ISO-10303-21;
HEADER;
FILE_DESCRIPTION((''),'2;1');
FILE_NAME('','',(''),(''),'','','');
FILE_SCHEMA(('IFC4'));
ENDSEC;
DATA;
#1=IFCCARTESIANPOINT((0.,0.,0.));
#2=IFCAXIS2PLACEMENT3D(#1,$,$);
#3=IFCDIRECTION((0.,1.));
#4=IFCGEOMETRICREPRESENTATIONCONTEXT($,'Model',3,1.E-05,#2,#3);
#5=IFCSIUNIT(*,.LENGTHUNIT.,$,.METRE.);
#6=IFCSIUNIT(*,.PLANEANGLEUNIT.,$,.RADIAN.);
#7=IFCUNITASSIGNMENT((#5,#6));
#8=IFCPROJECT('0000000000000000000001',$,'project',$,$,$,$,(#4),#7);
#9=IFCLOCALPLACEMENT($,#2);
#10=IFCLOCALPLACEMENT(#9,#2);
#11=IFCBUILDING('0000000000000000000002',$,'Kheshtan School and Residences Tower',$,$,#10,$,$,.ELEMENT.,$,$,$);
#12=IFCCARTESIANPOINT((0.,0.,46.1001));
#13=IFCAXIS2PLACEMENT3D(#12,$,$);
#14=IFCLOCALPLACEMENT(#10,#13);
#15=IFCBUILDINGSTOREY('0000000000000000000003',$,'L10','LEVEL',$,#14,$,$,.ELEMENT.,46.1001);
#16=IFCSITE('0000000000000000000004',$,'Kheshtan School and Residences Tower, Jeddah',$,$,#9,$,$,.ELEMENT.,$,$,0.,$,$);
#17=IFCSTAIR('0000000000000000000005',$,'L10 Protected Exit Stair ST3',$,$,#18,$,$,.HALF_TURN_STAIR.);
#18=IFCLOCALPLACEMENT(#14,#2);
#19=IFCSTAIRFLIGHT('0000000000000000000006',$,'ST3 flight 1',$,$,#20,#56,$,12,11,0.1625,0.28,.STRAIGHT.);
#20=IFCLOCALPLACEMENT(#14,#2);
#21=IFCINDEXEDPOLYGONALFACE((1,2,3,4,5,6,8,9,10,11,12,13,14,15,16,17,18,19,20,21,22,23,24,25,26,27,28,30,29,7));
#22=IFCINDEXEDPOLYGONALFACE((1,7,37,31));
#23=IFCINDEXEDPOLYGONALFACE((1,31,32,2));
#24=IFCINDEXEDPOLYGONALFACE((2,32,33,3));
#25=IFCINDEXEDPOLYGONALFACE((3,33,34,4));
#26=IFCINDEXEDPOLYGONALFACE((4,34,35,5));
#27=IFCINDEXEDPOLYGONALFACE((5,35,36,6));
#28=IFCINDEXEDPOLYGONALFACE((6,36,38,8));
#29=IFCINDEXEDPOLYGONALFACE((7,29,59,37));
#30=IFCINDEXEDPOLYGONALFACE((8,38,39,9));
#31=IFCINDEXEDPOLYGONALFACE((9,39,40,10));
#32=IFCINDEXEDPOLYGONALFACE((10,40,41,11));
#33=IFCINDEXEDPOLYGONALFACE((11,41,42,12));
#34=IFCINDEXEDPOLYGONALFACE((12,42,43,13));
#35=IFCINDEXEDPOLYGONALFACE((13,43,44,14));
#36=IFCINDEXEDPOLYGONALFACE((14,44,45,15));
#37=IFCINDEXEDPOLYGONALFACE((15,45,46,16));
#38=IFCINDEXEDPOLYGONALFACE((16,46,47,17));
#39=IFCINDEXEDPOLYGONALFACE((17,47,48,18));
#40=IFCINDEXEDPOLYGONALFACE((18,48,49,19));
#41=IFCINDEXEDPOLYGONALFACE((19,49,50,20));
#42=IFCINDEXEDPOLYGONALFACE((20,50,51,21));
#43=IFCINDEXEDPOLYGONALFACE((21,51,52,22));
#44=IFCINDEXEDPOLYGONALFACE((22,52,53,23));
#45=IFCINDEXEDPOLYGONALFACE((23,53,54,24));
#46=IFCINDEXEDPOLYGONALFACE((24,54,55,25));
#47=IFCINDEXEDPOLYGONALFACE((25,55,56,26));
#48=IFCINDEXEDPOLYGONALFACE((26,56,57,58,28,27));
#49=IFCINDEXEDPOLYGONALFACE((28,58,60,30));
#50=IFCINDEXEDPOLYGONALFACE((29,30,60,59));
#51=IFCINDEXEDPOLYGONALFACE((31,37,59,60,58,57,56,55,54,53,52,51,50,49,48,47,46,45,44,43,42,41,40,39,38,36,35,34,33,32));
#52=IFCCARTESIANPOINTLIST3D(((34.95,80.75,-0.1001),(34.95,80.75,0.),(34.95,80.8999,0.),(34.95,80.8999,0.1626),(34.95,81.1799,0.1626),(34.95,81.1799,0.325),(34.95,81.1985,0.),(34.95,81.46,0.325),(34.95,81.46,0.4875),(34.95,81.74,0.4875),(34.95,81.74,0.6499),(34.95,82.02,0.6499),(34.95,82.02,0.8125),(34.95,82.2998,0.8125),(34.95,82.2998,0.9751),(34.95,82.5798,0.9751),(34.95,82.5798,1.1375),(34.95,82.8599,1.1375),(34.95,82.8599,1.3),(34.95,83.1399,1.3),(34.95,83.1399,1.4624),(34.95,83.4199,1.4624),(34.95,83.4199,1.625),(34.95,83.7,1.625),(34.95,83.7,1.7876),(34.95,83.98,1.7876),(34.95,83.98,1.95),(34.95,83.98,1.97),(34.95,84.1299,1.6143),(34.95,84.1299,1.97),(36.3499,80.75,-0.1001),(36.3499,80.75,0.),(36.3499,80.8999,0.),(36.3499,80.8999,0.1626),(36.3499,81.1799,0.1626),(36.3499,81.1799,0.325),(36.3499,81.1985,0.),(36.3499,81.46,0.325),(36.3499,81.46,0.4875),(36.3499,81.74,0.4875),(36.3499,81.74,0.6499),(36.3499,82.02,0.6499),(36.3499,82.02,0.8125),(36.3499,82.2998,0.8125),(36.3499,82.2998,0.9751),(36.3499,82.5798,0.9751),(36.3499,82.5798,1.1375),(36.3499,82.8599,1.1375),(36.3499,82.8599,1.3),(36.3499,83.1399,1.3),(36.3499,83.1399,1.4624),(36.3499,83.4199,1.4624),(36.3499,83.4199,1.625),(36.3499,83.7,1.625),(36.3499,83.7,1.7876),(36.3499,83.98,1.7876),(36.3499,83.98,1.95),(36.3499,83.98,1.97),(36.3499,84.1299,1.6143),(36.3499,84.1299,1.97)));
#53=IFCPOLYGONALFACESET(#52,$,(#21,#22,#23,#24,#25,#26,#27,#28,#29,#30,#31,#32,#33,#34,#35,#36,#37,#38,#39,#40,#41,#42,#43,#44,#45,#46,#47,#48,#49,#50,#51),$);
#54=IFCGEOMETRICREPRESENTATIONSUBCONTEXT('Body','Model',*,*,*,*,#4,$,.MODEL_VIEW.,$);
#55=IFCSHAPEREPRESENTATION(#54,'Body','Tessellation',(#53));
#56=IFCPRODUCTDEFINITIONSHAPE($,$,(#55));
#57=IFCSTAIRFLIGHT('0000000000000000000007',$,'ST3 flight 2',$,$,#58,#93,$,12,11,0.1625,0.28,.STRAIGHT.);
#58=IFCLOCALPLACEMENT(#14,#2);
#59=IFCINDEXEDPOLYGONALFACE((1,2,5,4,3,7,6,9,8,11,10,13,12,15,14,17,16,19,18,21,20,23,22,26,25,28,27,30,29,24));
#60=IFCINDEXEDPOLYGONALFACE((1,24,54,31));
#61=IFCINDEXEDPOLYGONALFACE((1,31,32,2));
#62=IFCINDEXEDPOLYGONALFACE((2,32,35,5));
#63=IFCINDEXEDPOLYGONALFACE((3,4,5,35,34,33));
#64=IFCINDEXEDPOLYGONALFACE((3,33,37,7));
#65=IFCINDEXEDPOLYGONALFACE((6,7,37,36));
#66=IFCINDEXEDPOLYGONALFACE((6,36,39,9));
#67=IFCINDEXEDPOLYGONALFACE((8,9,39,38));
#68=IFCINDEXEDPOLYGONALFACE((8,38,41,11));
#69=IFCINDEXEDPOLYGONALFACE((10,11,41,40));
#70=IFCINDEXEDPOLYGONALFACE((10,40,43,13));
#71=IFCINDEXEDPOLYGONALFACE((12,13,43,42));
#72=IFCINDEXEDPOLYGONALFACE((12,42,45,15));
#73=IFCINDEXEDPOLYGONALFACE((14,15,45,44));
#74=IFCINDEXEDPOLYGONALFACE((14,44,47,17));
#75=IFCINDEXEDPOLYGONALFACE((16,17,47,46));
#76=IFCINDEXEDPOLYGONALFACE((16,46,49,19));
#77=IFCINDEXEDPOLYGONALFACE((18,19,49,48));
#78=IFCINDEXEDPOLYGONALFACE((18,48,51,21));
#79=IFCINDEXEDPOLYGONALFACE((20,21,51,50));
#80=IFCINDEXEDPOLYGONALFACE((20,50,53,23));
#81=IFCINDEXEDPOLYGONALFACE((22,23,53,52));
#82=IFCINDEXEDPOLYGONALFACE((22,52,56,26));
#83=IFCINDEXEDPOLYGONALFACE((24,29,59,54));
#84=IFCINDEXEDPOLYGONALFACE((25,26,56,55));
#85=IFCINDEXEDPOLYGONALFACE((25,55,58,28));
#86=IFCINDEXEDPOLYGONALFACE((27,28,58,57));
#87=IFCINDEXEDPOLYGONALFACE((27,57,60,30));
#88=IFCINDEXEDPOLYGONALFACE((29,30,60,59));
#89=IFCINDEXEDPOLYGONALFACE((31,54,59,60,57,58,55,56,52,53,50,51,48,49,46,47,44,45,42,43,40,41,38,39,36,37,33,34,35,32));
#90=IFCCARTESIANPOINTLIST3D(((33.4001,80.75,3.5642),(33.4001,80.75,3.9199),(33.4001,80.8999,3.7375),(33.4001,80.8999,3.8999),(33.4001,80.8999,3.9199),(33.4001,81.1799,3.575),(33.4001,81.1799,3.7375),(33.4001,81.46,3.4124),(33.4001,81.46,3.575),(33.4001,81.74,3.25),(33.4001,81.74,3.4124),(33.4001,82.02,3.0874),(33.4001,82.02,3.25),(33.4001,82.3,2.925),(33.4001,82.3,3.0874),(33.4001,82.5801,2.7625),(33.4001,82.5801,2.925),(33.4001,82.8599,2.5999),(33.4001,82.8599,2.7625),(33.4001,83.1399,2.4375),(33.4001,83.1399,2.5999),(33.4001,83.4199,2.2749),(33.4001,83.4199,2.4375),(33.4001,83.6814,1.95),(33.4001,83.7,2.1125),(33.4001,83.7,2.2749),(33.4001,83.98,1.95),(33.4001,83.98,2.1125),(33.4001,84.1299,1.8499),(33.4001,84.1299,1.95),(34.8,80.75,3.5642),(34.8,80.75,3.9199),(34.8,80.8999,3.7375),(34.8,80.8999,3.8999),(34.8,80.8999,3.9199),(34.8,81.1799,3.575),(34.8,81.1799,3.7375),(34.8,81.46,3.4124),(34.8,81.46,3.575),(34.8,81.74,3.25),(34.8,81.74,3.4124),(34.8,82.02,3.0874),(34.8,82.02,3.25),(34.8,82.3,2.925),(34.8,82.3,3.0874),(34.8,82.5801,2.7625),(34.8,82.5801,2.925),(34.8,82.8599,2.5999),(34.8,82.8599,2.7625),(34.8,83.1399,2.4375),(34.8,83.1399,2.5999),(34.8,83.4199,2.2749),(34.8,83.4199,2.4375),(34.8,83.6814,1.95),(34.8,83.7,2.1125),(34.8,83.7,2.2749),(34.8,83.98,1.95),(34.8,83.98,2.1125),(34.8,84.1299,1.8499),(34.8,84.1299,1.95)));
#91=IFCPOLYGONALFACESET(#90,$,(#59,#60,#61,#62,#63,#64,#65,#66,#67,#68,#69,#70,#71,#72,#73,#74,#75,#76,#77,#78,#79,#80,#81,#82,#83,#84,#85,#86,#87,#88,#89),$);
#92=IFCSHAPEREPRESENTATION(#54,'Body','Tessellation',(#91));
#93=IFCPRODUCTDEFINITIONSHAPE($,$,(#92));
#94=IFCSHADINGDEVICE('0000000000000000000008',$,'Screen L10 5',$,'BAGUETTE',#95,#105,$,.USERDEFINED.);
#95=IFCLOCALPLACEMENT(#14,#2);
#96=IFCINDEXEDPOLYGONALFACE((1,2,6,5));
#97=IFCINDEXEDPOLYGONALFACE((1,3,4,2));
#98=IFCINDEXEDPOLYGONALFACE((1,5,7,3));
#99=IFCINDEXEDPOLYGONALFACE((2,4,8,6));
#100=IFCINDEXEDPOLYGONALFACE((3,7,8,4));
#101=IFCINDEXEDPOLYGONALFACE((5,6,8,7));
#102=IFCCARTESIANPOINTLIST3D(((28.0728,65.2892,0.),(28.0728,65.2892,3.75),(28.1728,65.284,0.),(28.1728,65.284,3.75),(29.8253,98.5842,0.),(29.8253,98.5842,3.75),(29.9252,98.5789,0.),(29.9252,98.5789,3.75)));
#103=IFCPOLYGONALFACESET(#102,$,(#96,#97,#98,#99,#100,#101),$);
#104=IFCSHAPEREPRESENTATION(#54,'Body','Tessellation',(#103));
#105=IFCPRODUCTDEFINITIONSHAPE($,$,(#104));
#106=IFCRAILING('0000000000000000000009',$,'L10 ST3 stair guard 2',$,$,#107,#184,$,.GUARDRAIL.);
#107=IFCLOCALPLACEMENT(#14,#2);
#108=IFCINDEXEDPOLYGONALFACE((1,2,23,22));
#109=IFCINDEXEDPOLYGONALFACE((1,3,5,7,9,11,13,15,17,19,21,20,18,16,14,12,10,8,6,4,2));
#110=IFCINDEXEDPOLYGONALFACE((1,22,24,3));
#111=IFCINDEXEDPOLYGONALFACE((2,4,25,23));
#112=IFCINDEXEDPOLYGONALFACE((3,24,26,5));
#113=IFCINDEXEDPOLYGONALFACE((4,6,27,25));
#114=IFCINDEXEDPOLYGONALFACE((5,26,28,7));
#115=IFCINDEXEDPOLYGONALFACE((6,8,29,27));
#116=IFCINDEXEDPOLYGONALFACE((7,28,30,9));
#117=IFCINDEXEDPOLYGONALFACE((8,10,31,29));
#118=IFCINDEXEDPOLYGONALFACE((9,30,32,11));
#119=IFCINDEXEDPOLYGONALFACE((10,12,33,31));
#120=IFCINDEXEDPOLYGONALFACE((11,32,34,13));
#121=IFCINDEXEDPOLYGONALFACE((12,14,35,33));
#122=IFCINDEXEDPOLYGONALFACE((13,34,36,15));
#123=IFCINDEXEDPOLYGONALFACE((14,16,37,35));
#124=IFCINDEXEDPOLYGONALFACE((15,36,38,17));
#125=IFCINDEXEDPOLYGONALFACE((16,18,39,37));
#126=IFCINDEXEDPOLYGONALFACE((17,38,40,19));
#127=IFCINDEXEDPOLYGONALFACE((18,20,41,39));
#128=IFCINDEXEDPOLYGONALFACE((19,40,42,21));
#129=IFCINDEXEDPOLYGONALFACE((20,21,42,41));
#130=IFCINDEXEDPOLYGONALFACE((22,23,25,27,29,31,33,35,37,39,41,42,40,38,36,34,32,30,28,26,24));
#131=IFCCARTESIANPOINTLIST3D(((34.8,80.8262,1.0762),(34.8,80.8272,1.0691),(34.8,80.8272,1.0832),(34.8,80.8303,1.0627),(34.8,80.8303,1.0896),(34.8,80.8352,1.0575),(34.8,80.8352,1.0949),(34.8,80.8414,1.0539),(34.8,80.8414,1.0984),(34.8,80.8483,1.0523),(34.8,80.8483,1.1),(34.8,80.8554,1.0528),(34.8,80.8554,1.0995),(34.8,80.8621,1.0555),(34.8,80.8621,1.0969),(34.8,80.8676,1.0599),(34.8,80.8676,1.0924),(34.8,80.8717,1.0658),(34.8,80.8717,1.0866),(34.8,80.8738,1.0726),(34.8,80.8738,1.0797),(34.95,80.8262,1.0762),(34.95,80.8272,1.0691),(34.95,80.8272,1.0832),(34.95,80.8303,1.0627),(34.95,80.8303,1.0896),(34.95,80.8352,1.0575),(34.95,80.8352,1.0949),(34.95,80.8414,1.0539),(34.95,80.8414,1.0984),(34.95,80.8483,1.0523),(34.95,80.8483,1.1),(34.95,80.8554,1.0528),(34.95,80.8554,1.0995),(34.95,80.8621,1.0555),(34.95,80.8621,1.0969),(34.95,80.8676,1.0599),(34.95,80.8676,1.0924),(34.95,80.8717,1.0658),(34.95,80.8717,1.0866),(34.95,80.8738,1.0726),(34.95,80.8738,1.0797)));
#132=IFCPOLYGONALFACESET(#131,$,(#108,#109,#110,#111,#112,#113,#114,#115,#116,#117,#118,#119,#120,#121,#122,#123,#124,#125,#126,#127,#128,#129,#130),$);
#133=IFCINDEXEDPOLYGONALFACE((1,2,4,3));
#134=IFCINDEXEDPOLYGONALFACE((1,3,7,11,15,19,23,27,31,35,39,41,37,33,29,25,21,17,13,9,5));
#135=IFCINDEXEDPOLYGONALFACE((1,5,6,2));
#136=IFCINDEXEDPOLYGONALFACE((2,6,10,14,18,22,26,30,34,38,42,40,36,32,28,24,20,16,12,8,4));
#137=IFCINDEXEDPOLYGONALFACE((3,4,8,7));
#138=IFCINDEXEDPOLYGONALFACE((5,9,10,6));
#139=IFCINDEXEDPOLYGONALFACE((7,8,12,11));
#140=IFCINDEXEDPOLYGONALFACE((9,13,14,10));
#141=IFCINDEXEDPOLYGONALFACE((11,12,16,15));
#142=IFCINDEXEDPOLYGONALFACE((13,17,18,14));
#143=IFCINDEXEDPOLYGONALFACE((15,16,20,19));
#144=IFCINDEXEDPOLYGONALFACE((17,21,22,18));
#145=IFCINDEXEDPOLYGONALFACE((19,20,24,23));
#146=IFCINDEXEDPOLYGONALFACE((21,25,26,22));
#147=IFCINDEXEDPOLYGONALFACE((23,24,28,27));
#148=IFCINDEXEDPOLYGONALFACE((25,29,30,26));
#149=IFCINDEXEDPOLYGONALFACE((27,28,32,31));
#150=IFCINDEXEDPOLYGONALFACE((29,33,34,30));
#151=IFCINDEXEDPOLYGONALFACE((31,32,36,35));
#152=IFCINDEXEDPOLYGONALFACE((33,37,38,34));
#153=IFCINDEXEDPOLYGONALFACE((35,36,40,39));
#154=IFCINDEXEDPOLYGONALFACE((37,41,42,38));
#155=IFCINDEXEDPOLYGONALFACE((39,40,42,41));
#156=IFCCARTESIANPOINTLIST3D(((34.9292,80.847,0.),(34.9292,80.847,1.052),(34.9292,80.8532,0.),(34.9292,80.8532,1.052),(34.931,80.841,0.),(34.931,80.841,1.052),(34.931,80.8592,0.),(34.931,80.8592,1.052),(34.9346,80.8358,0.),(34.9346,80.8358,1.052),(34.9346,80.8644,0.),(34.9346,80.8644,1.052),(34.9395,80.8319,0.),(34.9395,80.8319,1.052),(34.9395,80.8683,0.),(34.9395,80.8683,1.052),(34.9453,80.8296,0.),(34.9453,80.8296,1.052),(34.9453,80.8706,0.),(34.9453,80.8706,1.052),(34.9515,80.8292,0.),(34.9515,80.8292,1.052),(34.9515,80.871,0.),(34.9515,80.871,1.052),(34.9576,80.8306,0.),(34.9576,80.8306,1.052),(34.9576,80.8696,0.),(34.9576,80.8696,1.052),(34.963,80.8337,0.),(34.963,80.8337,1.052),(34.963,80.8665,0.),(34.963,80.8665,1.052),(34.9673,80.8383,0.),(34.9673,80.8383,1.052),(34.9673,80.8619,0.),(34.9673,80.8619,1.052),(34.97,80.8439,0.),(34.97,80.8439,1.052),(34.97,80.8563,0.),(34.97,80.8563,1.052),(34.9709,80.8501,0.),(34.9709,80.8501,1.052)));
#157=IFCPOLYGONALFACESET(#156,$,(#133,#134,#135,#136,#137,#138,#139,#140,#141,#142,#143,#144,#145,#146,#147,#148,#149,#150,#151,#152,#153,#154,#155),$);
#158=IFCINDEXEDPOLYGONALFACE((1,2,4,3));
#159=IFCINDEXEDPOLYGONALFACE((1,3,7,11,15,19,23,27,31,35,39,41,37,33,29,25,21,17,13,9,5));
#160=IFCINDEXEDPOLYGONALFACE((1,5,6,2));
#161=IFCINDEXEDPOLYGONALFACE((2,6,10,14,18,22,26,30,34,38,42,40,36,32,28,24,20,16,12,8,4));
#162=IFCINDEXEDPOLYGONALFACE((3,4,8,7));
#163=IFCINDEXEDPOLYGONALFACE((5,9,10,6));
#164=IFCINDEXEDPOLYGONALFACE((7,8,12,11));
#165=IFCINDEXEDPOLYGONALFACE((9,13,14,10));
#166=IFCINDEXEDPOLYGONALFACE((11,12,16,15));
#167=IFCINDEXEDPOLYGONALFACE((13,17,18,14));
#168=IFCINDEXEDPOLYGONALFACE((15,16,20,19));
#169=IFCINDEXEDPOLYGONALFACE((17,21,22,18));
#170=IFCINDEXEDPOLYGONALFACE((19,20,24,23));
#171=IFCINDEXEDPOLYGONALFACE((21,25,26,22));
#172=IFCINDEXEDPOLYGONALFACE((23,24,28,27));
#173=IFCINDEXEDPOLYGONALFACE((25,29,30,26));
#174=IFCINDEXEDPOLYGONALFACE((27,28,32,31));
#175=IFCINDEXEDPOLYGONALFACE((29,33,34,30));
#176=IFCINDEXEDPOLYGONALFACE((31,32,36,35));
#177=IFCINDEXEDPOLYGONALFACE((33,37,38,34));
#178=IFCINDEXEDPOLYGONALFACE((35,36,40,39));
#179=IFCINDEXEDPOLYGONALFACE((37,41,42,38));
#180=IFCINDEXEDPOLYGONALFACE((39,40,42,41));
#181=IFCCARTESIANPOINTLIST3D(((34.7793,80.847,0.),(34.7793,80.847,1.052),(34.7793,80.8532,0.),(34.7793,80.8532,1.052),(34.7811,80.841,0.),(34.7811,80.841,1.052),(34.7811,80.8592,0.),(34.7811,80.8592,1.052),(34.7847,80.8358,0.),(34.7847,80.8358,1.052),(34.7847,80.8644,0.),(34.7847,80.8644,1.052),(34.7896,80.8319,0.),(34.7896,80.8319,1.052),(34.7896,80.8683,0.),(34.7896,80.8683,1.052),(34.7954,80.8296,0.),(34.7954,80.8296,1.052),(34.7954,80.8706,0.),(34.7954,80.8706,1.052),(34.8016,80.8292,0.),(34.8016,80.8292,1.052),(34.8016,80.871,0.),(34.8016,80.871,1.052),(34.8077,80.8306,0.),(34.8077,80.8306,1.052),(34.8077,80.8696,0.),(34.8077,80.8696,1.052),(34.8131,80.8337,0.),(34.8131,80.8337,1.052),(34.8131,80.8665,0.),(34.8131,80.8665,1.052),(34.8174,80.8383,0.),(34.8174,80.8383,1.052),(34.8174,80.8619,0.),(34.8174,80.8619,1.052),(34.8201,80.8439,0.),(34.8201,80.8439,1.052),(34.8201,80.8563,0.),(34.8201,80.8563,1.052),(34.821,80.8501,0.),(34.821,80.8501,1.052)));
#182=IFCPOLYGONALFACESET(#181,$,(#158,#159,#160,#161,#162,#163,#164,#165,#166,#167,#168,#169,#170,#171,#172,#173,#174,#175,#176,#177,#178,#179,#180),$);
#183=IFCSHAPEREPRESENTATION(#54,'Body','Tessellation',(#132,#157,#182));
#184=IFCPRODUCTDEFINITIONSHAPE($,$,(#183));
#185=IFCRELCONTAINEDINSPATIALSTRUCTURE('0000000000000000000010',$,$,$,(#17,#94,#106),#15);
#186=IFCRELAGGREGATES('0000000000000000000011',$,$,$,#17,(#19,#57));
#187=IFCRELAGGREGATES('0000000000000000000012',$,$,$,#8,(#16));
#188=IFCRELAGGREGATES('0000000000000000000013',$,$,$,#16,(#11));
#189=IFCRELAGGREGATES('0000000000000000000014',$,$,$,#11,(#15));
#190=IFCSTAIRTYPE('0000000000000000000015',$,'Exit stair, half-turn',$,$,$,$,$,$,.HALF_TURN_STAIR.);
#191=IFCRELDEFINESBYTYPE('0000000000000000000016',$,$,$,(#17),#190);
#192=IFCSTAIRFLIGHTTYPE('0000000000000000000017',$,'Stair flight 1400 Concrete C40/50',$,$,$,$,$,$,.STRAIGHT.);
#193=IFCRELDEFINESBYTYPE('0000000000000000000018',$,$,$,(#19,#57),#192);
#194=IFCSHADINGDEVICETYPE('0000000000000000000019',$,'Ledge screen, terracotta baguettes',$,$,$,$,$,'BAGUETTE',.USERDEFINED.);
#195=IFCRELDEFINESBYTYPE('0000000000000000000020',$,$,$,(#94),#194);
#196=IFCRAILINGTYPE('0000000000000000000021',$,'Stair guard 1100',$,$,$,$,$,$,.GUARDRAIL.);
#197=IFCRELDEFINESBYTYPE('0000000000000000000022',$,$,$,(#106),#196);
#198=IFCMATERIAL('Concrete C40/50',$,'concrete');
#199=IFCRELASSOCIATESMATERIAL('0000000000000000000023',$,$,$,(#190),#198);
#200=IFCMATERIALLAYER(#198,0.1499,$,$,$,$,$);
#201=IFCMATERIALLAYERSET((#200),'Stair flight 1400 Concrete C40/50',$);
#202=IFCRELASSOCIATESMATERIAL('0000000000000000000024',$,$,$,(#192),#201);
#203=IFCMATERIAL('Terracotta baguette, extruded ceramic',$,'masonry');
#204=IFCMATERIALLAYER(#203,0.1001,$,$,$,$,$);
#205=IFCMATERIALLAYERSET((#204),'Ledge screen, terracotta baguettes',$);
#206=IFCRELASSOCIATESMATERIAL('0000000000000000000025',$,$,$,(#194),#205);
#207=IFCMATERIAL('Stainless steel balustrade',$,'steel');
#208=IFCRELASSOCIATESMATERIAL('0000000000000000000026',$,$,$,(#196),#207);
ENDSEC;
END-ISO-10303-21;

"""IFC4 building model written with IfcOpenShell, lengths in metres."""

from ifc_helpers import new_model, si_unit, direction, frame, origin, origin_2d, place, context, subcontext, project, spatial, polyline, rectangle, circle, outline, extrude, material, layer, layer_set, type_object, element, aggregate, save


model = new_model("IFC4")

# Units and contexts
model_context = context("Model", 3, precision=1e-05, world=origin(), true_north=direction((0.0, 1.0)))
body_context = subcontext(model_context, "Body", "Model", "MODEL_VIEW")
ifc_project = project(units=[si_unit("LENGTHUNIT", "METRE"), si_unit("PLANEANGLEUNIT", "RADIAN")], contexts=[model_context])

# Site, building, storey
site_placement = place(None, origin())
site = spatial("IfcSite", under=ifc_project, at=site_placement, Name="Kheshtan School and Residences Tower, Jeddah", CompositionType="ELEMENT", RefElevation=0.0)
building_placement = place(site_placement, origin())
building = spatial("IfcBuilding", under=site, at=building_placement, Name="Kheshtan School and Residences Tower", CompositionType="ELEMENT")
storey_placement = place(building_placement, frame((0.0, 0.0, 46.1001)))
storey = spatial("IfcBuildingStorey", under=building, at=storey_placement, Name="L10", Description="LEVEL", CompositionType="ELEMENT", Elevation=46.1001)

# Shared definitions
ifc_material_1 = material(Name="Concrete C40/50", Category="concrete")

# Stair, stair flights
stair_type = type_object("IfcStairType", Name="Exit stair, half-turn", PredefinedType="HALF_TURN_STAIR", material=ifc_material_1)
stair_placement = place(storey_placement, origin())
stair = element("IfcStair", 1, at=stair_placement, inside=storey, type_object=stair_type, Name="L10 Protected Exit Stair ST3", PredefinedType="HALF_TURN_STAIR")
ifc_layer_1 = layer(ifc_material_1, 0.1499)
ifc_layer_set_1 = layer_set([ifc_layer_1], Name="Stair flight 1400 Concrete C40/50")
stair_flight_type = type_object("IfcStairFlightType", Name="Stair flight 1400 Concrete C40/50", PredefinedType="STRAIGHT", material=ifc_layer_set_1)
stair_flight_1_placement = place(storey_placement, frame((35.6499, 80.8999, 0.0), z_axis=(0.0, 0.0, 1.0), x_axis=(0.0, 1.0, 0.0)))
stair_flight_1 = element("IfcStairFlight", 2, at=stair_flight_1_placement, type_object=stair_flight_type, Name="ST3 flight 1", NumberOfRisers=12, NumberOfTreads=11, PredefinedType="STRAIGHT", RiserHeight=0.1625, TreadLength=0.28, context=body_context, shape_type="SweptSolid", body=[
    extrude(outline(polyline([(-0.1499, -0.1001), (-0.1499, 0.0), (0.0, 0.0), (0.0, 0.1626), (0.28, 0.1626), (0.28, 0.325), (0.5601, 0.325), (0.5601, 0.4875), (0.8401, 0.4875), (0.8401, 0.6499), (1.1201, 0.6499), (1.1201, 0.8125), (1.3999, 0.8125), (1.3999, 0.9751), (1.6799, 0.9751), (1.6799, 1.1375), (1.96, 1.1375), (1.96, 1.3), (2.24, 1.3), (2.24, 1.4624), (2.52, 1.4624), (2.52, 1.625), (2.8, 1.625), (2.8, 1.7876), (3.0801, 1.7876), (3.0801, 1.95), (3.0801, 1.97), (3.23, 1.97), (3.23, 1.6143), (0.2986, 0.0), (-0.1499, -0.1001)])), frame((0.0, 0.7, 0.0), z_axis=(0.0, -1.0, 0.0), x_axis=(1.0, 0.0, 0.0)), (0.0, 0.0, 1.0), 1.3999),
])
stair_flight_2_placement = place(storey_placement, frame((34.1001, 83.98, 1.95), z_axis=(0.0, 0.0, 1.0), x_axis=(0.0, -1.0, 0.0)))
stair_flight_2 = element("IfcStairFlight", 3, at=stair_flight_2_placement, type_object=stair_flight_type, Name="ST3 flight 2", NumberOfRisers=12, NumberOfTreads=11, PredefinedType="STRAIGHT", RiserHeight=0.1625, TreadLength=0.28, context=body_context, shape_type="SweptSolid", body=[
    extrude(outline(polyline([(-0.1499, -0.1001), (-0.1499, 0.0), (0.0, 0.0), (0.0, 0.1626), (0.28, 0.1626), (0.28, 0.325), (0.5601, 0.325), (0.5601, 0.4875), (0.8401, 0.4875), (0.8401, 0.6499), (1.1201, 0.6499), (1.1201, 0.8125), (1.3999, 0.8125), (1.3999, 0.9751), (1.6799, 0.9751), (1.6799, 1.1375), (1.96, 1.1375), (1.96, 1.3), (2.24, 1.3), (2.24, 1.4624), (2.52, 1.4624), (2.52, 1.625), (2.8, 1.625), (2.8, 1.7876), (3.0801, 1.7876), (3.0801, 1.95), (3.0801, 1.97), (3.23, 1.97), (3.23, 1.6143), (0.2986, 0.0), (-0.1499, -0.1001)])), frame((0.0, 0.7, 0.0), z_axis=(0.0, -1.0, 0.0), x_axis=(1.0, 0.0, 0.0)), (0.0, 0.0, 1.0), 1.3999),
])
aggregate(stair, [stair_flight_1, stair_flight_2])

# Shading device
ifc_material_2 = material(Name="Terracotta baguette, extruded ceramic", Category="masonry")
ifc_layer_2 = layer(ifc_material_2, 0.1001)
ifc_layer_set_2 = layer_set([ifc_layer_2], Name="Ledge screen, terracotta baguettes")
shading_device_type = type_object("IfcShadingDeviceType", Name="Ledge screen, terracotta baguettes", ElementType="BAGUETTE", PredefinedType="USERDEFINED", material=ifc_layer_set_2)
shading_device_placement = place(storey_placement, frame((28.999, 81.9341, 0.0), z_axis=(0.0, 0.0, 1.0), x_axis=(0.052563, 0.998618, 0.0)))
element("IfcShadingDevice", 4, at=shading_device_placement, inside=storey, type_object=shading_device_type, Name="Screen L10 5", ObjectType="BAGUETTE", PredefinedType="USERDEFINED", context=body_context, shape_type="SweptSolid", body=[
    extrude(rectangle(XDim=33.3411, YDim=0.1001, at=origin_2d()), origin(), (0.0, 0.0, 1.0), 3.75),
])

# Railing
ifc_material_3 = material(Name="Stainless steel balustrade", Category="steel")
railing_type_1 = type_object("IfcRailingType", Name="Stair guard 1100", PredefinedType="GUARDRAIL", material=ifc_material_3)
railing_1_placement = place(storey_placement, frame((34.95, 80.8501, 0.0)))
element("IfcRailing", 5, at=railing_1_placement, inside=storey, type_object=railing_type_1, Name="L10 ST3 stair guard 2", PredefinedType="GUARDRAIL", context=body_context, shape_type="SweptSolid", body=[
    extrude(circle(Radius=0.0239, at=origin_2d()), frame((0.0, 0.0, 1.0762), z_axis=(-1.0, 0.0, 0.0), x_axis=(0.0, -1.0, 0.0)), (0.0, 0.0, 1.0), 0.1499),
    extrude(circle(Radius=0.021, at=origin_2d()), origin(), (0.0, 0.0, 1.0), 1.052),
    extrude(circle(Radius=0.021, at=origin_2d()), frame((-0.1499, 0.0, 0.0)), (0.0, 0.0, 1.0), 1.052),
])

save(model, "model.ifc")
